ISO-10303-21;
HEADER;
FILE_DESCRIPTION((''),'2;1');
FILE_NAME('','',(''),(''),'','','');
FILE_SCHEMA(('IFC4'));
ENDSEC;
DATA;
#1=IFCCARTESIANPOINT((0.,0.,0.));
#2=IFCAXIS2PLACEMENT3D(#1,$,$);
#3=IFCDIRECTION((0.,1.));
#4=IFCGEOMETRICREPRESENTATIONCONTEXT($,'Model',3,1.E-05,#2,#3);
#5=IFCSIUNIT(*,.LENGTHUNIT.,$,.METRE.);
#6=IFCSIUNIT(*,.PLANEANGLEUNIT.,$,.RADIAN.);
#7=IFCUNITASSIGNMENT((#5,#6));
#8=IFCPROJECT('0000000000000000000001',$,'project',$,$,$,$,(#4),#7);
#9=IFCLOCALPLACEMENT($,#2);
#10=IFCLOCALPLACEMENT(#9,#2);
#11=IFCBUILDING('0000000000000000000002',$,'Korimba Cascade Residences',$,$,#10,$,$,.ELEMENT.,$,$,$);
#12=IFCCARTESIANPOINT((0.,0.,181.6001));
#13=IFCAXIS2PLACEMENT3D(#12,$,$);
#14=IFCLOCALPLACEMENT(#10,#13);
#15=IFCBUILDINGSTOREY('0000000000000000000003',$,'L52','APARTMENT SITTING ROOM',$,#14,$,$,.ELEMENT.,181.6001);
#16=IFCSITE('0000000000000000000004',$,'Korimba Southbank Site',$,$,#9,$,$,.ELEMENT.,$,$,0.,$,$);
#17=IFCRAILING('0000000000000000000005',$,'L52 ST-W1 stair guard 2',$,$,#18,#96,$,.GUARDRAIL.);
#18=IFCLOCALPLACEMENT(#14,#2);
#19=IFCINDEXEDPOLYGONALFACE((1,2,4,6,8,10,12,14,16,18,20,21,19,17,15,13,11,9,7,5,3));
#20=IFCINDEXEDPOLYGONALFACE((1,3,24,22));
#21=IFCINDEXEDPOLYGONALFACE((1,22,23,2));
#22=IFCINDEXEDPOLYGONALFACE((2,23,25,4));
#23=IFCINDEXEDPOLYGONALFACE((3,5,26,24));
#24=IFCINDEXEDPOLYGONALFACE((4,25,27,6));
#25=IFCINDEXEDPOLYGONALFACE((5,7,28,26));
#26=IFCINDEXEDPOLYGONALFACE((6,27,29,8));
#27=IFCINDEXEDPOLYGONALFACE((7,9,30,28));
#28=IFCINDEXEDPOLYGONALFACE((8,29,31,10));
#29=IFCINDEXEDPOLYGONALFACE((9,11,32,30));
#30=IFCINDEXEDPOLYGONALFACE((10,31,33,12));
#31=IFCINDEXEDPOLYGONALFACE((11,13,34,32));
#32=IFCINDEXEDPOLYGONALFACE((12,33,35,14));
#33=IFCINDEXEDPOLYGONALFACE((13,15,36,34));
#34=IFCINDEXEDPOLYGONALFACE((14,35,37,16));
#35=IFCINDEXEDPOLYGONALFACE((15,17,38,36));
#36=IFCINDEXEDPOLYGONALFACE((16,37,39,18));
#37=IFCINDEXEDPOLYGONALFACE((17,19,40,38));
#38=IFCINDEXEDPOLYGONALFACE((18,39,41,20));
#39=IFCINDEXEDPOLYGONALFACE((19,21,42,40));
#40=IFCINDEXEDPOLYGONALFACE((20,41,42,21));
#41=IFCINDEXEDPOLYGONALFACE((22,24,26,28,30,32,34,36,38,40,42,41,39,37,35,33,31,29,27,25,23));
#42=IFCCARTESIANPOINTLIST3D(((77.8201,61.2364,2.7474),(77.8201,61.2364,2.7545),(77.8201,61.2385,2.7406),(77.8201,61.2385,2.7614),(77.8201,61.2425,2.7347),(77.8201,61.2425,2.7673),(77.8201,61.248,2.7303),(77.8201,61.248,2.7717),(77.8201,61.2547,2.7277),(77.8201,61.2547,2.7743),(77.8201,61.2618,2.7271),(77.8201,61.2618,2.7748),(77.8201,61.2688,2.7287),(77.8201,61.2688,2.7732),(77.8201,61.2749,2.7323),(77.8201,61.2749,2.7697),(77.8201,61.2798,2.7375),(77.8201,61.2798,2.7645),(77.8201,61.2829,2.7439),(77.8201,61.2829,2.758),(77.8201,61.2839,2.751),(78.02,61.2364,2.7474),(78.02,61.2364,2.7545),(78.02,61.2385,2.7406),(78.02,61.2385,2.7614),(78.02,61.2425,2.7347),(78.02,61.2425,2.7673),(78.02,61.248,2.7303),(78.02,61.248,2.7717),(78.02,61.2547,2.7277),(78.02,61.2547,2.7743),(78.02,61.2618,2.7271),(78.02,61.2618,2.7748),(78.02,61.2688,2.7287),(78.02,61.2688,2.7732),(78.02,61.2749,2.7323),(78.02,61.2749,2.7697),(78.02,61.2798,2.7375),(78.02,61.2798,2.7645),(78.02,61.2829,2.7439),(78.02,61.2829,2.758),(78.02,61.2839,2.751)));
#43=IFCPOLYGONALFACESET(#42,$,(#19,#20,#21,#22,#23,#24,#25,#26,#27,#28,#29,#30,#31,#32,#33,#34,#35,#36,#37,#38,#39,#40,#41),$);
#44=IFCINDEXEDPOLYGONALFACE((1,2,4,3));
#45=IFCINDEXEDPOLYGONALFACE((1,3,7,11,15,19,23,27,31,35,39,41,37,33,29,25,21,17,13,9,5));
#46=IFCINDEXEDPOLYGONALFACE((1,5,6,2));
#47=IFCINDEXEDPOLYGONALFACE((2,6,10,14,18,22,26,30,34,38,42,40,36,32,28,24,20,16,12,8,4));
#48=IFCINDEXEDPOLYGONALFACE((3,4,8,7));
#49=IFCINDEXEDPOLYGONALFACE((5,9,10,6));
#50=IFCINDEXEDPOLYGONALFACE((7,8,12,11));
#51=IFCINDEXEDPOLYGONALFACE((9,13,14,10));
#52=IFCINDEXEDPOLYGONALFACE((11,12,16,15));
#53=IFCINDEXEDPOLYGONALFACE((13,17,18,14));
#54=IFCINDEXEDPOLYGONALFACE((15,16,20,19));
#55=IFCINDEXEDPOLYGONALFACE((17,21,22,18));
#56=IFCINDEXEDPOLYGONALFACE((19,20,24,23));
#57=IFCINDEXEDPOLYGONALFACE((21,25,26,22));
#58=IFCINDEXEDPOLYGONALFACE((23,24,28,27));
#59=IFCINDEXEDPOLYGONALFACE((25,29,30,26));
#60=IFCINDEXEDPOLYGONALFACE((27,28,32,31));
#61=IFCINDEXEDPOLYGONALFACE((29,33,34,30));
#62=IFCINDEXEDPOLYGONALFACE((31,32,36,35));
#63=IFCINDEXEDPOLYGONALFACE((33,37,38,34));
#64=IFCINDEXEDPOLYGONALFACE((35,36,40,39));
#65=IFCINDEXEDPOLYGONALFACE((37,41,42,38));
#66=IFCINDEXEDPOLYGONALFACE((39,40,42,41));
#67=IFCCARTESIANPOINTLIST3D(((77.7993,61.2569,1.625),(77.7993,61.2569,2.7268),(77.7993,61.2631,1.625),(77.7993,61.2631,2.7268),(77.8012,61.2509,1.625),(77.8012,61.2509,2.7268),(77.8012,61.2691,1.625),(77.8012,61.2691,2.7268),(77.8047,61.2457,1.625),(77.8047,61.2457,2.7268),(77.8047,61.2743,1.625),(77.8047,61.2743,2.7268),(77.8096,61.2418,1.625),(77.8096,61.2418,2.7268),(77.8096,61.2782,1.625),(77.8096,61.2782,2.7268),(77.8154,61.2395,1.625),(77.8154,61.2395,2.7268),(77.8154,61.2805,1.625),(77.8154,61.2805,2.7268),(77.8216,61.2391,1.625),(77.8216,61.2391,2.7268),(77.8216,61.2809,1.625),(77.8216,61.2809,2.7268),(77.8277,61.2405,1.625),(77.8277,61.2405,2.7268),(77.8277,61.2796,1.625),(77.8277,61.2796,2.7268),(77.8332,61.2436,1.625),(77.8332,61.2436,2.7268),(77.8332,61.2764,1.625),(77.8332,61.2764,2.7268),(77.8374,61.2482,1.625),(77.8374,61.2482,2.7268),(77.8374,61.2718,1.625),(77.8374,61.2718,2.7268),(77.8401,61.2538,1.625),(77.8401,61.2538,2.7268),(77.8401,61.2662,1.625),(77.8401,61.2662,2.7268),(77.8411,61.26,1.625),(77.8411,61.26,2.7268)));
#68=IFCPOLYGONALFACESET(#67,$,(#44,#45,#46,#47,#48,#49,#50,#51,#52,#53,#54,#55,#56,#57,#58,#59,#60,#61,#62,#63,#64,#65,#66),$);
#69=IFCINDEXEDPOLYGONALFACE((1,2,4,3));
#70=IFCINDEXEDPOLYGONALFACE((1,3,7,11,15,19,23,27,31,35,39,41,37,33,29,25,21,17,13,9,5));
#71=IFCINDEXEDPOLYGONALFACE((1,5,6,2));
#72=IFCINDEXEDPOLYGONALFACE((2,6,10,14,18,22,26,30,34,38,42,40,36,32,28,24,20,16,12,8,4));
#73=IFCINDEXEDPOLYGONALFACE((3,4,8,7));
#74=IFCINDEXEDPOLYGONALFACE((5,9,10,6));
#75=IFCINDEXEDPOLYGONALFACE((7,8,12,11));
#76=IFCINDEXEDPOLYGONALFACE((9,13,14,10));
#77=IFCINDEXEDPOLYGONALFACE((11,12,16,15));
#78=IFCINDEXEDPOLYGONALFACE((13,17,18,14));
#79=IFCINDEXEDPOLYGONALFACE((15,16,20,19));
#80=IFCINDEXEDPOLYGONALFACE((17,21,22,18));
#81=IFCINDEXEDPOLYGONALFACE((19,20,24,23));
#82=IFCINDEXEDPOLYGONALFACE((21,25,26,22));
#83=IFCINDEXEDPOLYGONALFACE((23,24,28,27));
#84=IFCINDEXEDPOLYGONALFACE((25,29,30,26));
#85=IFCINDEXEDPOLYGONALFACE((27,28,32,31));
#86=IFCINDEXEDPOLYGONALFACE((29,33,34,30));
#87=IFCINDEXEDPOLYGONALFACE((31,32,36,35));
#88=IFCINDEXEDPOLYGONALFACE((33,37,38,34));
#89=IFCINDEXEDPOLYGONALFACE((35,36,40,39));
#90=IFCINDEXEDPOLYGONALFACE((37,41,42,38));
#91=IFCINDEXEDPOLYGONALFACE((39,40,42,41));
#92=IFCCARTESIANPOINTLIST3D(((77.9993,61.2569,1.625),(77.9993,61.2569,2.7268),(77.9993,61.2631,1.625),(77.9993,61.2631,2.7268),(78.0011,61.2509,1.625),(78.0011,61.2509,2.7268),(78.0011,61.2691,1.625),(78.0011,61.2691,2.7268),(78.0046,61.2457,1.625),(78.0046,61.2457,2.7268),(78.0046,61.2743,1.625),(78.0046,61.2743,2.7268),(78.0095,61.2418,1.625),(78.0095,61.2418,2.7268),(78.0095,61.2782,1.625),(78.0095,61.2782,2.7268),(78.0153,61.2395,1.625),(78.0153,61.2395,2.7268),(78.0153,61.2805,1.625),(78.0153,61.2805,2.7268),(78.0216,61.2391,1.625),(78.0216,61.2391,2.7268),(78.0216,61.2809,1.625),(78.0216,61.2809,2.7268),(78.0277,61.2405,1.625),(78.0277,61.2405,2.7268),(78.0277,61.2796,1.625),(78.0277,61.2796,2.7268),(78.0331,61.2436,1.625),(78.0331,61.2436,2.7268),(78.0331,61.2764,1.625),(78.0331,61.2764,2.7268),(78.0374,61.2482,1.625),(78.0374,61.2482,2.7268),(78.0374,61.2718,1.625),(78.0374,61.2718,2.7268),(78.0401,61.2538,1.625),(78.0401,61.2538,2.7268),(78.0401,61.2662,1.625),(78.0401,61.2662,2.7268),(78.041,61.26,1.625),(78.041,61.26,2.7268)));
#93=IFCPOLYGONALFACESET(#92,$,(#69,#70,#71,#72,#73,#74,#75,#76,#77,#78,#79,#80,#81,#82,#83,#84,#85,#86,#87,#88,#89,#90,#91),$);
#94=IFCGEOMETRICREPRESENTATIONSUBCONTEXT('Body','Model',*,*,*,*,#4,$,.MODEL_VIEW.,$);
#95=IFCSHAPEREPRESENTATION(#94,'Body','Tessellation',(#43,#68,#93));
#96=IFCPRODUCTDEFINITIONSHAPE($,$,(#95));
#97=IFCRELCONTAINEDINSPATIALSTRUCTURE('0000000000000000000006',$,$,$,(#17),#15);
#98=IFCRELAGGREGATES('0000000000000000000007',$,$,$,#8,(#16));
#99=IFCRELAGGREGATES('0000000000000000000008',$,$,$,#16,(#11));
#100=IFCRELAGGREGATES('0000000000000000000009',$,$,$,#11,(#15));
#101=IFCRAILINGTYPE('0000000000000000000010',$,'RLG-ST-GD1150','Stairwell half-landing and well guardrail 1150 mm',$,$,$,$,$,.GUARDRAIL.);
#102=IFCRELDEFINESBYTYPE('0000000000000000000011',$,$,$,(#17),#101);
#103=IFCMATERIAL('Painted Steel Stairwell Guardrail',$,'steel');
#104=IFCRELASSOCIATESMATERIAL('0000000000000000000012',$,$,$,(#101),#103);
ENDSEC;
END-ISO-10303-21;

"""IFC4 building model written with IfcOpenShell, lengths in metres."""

from ifc_helpers import new_model, si_unit, direction, frame, origin, origin_2d, place, context, subcontext, project, spatial, circle, extrude, material, type_object, element, save


model = new_model("IFC4")

# Units and contexts
model_context = context("Model", 3, precision=1e-05, world=origin(), true_north=direction((0.0, 1.0)))
body_context = subcontext(model_context, "Body", "Model", "MODEL_VIEW")
ifc_project = project(units=[si_unit("LENGTHUNIT", "METRE"), si_unit("PLANEANGLEUNIT", "RADIAN")], contexts=[model_context])

# Site, building, storey
site_placement = place(None, origin())
site = spatial("IfcSite", under=ifc_project, at=site_placement, Name="Korimba Southbank Site", CompositionType="ELEMENT", RefElevation=0.0)
building_placement = place(site_placement, origin())
building = spatial("IfcBuilding", under=site, at=building_placement, Name="Korimba Cascade Residences", CompositionType="ELEMENT")
storey_placement = place(building_placement, frame((0.0, 0.0, 181.6001)))
storey = spatial("IfcBuildingStorey", under=building, at=storey_placement, Name="L52", Description="APARTMENT SITTING ROOM", CompositionType="ELEMENT", Elevation=181.6001)

# Railing
ifc_material_1 = material(Name="Painted Steel Stairwell Guardrail", Category="steel")
railing_type_1 = type_object("IfcRailingType", Name="RLG-ST-GD1150", Description="Stairwell half-landing and well guardrail 1150 mm", PredefinedType="GUARDRAIL", material=ifc_material_1)
railing_1_placement = place(storey_placement, frame((77.8201, 61.26, 1.625)))
element("IfcRailing", 1, at=railing_1_placement, inside=storey, type_object=railing_type_1, Name="L52 ST-W1 stair guard 2", PredefinedType="GUARDRAIL", context=body_context, shape_type="SweptSolid", body=[
    extrude(circle(Radius=0.0239, at=origin_2d()), frame((0.0, 0.0, 1.126), z_axis=(1.0, 0.0, 0.0), x_axis=(0.0, 1.0, 0.0)), (0.0, 0.0, 1.0), 0.2),
    extrude(circle(Radius=0.021, at=origin_2d()), origin(), (0.0, 0.0, 1.0), 1.1018),
    extrude(circle(Radius=0.021, at=origin_2d()), frame((0.2, 0.0, 0.0)), (0.0, 0.0, 1.0), 1.1018),
])

save(model, "model.ifc")
